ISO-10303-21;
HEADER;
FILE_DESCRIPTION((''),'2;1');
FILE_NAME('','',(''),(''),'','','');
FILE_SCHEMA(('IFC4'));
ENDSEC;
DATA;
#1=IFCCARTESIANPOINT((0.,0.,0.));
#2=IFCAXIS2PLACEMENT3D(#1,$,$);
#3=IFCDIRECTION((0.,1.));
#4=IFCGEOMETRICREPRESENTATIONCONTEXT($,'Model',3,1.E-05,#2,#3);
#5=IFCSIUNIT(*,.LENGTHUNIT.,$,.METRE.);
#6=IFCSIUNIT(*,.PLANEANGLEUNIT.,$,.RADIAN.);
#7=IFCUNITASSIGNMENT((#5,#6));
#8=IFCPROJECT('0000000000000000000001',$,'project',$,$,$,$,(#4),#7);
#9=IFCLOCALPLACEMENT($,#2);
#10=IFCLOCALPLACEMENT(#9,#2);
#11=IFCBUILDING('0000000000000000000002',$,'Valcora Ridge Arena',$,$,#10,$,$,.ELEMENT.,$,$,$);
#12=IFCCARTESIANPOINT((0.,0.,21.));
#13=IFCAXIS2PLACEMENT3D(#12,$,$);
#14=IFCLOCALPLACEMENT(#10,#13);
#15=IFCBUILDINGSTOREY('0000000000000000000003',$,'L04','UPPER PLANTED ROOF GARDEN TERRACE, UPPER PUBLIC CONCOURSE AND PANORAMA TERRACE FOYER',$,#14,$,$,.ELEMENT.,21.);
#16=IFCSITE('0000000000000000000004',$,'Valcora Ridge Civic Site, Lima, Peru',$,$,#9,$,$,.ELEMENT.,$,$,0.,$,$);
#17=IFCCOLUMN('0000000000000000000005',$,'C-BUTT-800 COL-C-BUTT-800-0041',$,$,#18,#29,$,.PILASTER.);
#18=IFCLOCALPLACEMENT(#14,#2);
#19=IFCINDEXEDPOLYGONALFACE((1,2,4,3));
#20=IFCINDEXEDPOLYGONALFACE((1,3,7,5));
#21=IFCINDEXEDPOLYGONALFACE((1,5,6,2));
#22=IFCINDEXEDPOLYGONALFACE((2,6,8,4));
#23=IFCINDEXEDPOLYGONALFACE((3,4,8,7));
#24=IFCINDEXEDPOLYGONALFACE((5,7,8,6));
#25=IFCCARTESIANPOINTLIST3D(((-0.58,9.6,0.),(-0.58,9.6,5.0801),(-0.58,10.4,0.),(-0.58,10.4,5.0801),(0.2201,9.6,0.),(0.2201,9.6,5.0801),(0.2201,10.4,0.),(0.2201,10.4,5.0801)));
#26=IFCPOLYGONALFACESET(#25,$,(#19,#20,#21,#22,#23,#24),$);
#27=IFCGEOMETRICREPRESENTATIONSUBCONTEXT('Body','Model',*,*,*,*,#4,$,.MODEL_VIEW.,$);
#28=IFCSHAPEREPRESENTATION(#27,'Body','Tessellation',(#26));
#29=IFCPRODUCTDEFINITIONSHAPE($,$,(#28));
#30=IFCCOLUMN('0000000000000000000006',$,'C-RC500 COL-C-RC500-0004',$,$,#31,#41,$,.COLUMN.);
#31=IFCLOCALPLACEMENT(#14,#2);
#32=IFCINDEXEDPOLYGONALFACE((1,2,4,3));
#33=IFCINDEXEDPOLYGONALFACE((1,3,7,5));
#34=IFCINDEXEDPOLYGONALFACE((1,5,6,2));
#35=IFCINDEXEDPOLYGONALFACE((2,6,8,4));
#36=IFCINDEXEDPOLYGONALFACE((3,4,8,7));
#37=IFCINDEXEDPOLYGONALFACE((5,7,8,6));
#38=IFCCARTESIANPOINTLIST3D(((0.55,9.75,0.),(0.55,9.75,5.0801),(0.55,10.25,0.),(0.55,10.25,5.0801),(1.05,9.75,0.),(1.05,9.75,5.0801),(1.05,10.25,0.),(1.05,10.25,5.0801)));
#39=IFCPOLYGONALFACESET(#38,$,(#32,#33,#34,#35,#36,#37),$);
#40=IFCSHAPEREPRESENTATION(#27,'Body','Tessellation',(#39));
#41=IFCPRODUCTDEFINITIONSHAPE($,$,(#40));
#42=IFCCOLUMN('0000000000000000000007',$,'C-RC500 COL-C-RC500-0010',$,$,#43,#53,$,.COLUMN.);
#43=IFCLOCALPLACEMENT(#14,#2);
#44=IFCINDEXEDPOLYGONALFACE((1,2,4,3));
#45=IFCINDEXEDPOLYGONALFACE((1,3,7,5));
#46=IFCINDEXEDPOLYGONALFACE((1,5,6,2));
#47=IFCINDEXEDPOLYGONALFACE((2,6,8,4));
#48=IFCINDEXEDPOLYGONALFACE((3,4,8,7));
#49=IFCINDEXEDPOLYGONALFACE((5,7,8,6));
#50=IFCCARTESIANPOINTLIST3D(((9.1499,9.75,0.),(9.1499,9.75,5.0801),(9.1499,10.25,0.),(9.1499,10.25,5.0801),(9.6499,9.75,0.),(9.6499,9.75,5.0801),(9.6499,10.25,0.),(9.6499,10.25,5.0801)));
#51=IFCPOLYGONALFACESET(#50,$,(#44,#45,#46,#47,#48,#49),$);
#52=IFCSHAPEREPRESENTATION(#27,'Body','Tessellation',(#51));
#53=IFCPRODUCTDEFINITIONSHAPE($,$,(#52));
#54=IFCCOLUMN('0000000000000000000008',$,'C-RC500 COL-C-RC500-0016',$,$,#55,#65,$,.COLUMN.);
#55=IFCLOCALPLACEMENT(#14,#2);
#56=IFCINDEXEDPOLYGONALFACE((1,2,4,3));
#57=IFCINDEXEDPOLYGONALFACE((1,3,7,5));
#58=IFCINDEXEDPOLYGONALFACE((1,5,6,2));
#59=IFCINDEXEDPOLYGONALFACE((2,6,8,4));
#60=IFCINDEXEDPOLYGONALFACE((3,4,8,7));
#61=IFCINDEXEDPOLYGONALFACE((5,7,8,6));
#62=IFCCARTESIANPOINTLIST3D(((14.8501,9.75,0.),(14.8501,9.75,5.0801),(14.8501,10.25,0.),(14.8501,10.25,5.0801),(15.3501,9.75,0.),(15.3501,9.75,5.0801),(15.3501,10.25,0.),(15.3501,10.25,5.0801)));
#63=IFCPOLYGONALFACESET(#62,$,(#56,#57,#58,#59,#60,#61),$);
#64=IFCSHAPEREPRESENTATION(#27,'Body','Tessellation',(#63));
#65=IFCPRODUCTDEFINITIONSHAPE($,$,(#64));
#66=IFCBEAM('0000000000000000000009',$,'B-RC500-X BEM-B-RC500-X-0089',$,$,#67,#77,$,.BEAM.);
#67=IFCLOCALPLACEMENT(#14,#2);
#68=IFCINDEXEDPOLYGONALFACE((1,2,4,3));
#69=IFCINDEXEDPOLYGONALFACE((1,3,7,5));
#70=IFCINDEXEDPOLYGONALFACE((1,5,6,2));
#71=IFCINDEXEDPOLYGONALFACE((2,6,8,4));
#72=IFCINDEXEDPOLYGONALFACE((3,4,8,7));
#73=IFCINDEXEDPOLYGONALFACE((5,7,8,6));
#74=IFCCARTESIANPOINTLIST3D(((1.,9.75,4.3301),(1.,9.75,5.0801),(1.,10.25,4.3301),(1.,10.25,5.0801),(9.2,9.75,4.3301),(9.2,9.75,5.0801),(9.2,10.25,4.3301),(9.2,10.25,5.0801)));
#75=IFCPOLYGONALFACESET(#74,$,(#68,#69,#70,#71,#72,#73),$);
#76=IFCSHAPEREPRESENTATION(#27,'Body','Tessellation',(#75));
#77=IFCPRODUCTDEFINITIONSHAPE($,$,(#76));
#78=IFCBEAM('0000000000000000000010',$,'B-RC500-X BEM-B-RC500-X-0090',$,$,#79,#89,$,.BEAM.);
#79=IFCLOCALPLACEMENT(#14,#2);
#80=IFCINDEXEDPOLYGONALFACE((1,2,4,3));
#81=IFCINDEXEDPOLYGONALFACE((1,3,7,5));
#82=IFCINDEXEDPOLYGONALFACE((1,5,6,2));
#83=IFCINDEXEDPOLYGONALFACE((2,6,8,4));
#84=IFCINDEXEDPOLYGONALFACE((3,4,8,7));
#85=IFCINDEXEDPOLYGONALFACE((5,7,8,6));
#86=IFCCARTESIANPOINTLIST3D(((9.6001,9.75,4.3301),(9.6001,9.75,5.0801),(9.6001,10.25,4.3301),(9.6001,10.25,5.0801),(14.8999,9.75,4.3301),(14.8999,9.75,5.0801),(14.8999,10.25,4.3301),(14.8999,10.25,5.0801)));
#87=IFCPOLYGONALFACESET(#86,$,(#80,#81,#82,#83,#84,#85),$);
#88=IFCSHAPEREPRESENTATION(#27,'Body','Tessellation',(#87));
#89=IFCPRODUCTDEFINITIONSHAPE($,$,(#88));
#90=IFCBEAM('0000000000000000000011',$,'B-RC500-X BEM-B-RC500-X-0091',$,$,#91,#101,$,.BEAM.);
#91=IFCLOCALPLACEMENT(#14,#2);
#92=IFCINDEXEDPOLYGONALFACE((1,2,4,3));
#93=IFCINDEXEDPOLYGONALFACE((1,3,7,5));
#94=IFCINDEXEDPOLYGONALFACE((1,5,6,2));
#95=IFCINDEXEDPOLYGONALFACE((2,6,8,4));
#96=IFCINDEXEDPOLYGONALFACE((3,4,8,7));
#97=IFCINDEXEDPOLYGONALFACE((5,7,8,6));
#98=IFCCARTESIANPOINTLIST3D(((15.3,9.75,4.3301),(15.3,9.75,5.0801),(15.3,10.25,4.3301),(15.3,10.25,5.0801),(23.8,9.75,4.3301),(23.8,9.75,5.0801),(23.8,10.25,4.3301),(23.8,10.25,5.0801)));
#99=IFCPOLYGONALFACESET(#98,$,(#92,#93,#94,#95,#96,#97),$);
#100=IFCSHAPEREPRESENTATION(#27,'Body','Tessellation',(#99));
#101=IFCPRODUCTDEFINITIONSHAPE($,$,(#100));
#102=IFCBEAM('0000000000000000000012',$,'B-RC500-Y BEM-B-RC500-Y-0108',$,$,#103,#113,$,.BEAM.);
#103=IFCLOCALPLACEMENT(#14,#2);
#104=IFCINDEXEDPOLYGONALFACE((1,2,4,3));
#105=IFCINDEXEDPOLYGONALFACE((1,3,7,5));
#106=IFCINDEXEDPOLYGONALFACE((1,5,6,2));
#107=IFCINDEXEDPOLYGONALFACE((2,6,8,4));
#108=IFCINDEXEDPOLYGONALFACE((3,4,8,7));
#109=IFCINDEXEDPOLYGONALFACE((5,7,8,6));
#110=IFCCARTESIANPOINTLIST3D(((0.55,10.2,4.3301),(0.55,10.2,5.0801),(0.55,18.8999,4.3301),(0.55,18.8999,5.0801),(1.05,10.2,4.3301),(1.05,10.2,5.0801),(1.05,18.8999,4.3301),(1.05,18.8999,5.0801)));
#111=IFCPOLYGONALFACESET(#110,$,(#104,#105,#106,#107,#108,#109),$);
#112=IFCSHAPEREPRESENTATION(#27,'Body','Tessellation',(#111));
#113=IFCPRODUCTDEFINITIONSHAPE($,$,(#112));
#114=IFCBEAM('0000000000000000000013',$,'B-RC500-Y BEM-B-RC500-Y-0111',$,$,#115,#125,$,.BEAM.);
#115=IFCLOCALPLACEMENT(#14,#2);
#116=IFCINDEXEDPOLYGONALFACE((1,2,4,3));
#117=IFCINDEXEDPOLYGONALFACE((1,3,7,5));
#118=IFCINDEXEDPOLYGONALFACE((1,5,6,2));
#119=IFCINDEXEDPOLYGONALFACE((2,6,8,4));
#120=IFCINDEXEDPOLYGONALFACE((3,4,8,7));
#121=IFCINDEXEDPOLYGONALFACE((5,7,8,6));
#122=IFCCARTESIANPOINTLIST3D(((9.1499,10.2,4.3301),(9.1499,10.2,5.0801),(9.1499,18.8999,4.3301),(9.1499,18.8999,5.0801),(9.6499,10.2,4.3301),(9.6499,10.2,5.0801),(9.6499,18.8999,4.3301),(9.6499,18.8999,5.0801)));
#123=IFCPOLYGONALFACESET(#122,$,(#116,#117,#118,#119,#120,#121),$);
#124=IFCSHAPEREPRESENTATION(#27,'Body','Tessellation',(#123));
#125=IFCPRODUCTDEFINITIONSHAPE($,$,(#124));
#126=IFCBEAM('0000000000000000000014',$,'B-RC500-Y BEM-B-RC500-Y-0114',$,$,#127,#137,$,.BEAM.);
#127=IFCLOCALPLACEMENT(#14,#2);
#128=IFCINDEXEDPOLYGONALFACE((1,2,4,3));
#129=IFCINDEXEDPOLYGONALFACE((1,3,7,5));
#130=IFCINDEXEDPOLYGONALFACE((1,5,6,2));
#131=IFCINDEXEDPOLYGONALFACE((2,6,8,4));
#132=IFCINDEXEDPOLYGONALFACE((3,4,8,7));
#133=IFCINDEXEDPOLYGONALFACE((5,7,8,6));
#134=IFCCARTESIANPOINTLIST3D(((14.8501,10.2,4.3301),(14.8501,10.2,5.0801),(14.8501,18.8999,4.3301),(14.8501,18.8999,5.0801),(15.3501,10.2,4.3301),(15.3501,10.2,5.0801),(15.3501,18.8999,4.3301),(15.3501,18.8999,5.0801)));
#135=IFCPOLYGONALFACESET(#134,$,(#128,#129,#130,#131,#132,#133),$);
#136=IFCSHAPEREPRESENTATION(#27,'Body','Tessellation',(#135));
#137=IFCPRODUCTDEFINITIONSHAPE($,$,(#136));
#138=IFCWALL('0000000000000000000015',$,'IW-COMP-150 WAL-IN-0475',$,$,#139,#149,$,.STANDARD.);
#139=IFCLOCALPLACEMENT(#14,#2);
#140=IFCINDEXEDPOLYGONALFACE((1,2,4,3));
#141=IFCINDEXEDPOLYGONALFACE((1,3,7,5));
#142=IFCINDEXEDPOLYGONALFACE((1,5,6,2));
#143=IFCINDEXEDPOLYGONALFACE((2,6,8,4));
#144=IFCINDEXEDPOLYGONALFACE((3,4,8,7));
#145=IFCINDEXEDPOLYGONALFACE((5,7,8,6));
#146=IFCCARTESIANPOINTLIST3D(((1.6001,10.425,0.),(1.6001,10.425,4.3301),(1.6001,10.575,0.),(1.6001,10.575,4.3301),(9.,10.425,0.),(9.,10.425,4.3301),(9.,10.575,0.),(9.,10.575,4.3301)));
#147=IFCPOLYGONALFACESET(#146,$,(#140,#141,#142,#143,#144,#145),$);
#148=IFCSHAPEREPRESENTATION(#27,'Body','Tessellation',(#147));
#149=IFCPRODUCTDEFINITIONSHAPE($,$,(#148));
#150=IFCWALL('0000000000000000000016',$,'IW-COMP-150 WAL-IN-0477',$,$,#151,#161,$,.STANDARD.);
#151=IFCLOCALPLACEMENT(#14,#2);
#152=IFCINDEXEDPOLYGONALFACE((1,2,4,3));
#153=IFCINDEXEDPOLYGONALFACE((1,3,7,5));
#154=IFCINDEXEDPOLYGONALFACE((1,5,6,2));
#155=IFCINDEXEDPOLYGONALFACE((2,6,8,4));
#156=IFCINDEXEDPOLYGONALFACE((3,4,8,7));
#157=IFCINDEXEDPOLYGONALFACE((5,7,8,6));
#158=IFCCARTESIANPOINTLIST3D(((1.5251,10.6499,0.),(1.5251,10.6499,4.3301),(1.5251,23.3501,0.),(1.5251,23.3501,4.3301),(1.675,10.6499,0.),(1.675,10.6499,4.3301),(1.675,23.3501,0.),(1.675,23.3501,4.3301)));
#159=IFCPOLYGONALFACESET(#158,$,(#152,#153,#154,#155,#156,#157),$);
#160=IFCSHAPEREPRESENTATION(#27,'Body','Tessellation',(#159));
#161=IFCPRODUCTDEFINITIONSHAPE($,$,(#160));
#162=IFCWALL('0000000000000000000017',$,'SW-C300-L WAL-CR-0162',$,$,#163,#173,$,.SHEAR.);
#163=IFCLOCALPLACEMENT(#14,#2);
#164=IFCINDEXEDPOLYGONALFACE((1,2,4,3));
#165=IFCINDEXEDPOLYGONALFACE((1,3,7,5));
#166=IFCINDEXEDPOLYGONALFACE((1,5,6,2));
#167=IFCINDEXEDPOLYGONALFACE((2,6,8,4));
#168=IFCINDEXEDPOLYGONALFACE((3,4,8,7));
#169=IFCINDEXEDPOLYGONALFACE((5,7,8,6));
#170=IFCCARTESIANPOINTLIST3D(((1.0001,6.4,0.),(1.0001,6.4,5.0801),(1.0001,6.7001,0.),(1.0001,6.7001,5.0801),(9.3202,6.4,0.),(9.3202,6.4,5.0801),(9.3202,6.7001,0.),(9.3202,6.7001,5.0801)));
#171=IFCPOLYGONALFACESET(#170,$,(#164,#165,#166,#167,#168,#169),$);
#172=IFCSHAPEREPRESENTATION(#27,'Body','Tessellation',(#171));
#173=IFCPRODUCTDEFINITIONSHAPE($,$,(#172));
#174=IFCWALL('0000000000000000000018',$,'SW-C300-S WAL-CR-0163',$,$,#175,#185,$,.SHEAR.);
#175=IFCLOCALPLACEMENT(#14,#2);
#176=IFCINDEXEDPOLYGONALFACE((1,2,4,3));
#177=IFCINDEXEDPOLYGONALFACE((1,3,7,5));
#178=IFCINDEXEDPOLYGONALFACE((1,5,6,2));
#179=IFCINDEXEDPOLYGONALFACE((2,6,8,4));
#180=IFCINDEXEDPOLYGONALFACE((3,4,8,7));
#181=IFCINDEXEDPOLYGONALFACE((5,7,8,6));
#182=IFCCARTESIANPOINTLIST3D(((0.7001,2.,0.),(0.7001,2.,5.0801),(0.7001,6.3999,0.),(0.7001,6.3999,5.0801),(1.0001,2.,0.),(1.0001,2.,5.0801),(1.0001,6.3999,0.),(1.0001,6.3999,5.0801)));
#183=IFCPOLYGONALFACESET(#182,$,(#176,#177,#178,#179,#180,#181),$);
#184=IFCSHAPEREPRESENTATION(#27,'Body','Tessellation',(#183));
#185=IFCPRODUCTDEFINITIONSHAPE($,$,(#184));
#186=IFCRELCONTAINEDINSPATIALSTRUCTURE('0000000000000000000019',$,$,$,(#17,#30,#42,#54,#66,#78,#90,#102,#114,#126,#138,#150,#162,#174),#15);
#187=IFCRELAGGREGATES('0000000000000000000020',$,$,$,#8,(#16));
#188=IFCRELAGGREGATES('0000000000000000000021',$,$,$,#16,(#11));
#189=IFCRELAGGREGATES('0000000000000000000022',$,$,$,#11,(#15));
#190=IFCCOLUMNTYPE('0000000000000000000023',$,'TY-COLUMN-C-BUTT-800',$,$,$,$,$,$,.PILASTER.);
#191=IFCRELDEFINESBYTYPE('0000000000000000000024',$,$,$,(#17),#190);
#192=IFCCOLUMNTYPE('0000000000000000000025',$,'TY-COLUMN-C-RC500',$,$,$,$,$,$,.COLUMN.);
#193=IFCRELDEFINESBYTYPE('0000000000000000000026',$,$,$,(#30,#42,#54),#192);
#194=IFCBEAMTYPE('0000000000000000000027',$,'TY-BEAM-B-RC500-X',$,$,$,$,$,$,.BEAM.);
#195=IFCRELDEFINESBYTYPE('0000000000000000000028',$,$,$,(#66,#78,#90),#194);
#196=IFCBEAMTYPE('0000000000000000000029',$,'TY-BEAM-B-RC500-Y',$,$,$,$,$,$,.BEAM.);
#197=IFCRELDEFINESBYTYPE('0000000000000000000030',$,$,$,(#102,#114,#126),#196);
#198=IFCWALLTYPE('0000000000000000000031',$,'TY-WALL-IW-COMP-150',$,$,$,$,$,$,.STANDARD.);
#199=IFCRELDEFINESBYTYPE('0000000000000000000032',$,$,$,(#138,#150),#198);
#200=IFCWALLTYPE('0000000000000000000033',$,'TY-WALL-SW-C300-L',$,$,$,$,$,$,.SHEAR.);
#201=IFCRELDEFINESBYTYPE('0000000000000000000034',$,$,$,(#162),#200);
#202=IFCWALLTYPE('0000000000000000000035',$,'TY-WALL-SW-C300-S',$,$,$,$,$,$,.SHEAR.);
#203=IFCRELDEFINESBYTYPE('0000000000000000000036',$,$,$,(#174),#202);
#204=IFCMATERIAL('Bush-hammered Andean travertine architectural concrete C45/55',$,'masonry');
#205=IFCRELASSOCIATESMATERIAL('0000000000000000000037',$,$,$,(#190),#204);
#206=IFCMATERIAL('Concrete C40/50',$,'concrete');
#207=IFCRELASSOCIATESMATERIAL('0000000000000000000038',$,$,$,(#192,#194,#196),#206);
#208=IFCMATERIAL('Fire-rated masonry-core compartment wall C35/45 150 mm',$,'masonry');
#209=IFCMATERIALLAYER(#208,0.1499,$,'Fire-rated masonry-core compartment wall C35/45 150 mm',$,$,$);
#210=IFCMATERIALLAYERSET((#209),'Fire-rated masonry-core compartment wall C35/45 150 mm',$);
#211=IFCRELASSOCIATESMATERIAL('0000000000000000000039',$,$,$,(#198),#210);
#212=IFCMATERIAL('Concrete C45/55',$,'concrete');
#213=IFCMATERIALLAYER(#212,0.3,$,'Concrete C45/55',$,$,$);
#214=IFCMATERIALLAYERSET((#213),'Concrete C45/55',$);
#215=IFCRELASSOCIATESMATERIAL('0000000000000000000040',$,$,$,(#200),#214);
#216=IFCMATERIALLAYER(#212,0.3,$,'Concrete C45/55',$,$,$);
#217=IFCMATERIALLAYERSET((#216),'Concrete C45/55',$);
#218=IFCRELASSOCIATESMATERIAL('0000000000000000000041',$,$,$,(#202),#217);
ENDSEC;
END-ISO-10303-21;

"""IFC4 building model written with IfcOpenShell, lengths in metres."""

from ifc_helpers import new_model, si_unit, direction, frame, frame_2d, origin, origin_2d, place, context, subcontext, project, spatial, rectangle, extrude, material, layer, layer_set, material_profile, profile_set, type_object, element, save


model = new_model("IFC4")

# Units and contexts
model_context = context("Model", 3, precision=1e-05, world=origin(), true_north=direction((0.0, 1.0)))
body_context = subcontext(model_context, "Body", "Model", "MODEL_VIEW")
ifc_project = project(units=[si_unit("LENGTHUNIT", "METRE"), si_unit("PLANEANGLEUNIT", "RADIAN")], contexts=[model_context])

# Site, building, storey
site_placement = place(None, origin())
site = spatial("IfcSite", under=ifc_project, at=site_placement, Name="Valcora Ridge Civic Site, Lima, Peru", CompositionType="ELEMENT", RefElevation=0.0)
building_placement = place(site_placement, origin())
building = spatial("IfcBuilding", under=site, at=building_placement, Name="Valcora Ridge Arena", CompositionType="ELEMENT")
storey_placement = place(building_placement, frame((0.0, 0.0, 21.0)))
storey = spatial("IfcBuildingStorey", under=building, at=storey_placement, Name="L04", Description="UPPER PLANTED ROOF GARDEN TERRACE, UPPER PUBLIC CONCOURSE AND PANORAMA TERRACE FOYER", CompositionType="ELEMENT", Elevation=21.0)

# Columns
ifc_material_1 = material(Name="Bush-hammered Andean travertine architectural concrete C45/55", Category="masonry")
ifc_material_profile_1 = material_profile(ifc_material_1, rectangle(XDim=0.8, YDim=0.8, at=origin_2d()), Name="RC 800x800")
ifc_profile_set_1 = profile_set([ifc_material_profile_1], Name="Bush-hammered Andean travertine architectural concrete C45/55")
column_type_1 = type_object("IfcColumnType", Name="TY-COLUMN-C-BUTT-800", PredefinedType="PILASTER", material=ifc_profile_set_1)
column_placement = place(storey_placement, frame((-0.1799, 10.0, 0.0), z_axis=(0.0, 0.0, 1.0), x_axis=(1.0, 0.0, 0.0)))
element("IfcColumn", 1, at=column_placement, inside=storey, type_object=column_type_1, Name="C-BUTT-800 COL-C-BUTT-800-0041", PredefinedType="PILASTER", context=body_context, shape_type="SweptSolid", body=[
    extrude(rectangle(XDim=0.8, YDim=0.8, at=origin_2d()), origin(), (0.0, 0.0, 1.0), 5.0801),
])
ifc_material_2 = material(Name="Concrete C40/50", Category="concrete")
ifc_material_profile_2 = material_profile(ifc_material_2, rectangle(XDim=0.5, YDim=0.5, at=origin_2d()), Name="RC 500x500")
ifc_profile_set_2 = profile_set([ifc_material_profile_2], Name="Concrete C40/50")
column_type_2 = type_object("IfcColumnType", Name="TY-COLUMN-C-RC500", PredefinedType="COLUMN", material=ifc_profile_set_2)
for number, where, z_axis, x_axis, name in (
    (2, (0.8, 10.0, 0.0), (0.0, 0.0, 1.0), (1.0, 0.0, 0.0), "C-RC500 COL-C-RC500-0004"),
    (3, (9.3999, 10.0, 0.0), (0.0, 0.0, 1.0), (1.0, 0.0, 0.0), "C-RC500 COL-C-RC500-0010"),
    (4, (15.1001, 10.0, 0.0), (0.0, 0.0, 1.0), (1.0, 0.0, 0.0), "C-RC500 COL-C-RC500-0016"),
):
    element("IfcColumn", number, at=place(storey_placement, frame(where, z_axis=z_axis, x_axis=x_axis)), inside=storey, type_object=column_type_2, Name=name, PredefinedType="COLUMN", context=body_context, shape_type="SweptSolid", body=[
        extrude(rectangle(XDim=0.5, YDim=0.5, at=origin_2d()), origin(), (0.0, 0.0, 1.0), 5.0801),
    ])

# Beams
ifc_material_profile_3 = material_profile(ifc_material_2, rectangle(XDim=0.5, YDim=0.75, at=origin_2d()), Name="RC 500x750")
ifc_profile_set_3 = profile_set([ifc_material_profile_3], Name="Concrete C40/50")
beam_type_1 = type_object("IfcBeamType", Name="TY-BEAM-B-RC500-X", PredefinedType="BEAM", material=ifc_profile_set_3)
beam_1_placement = place(storey_placement, frame((1.0, 10.0, 4.7051), z_axis=(1.0, 0.0, 0.0), x_axis=(0.0, 1.0, 0.0)))
element("IfcBeam", 5, at=beam_1_placement, inside=storey, type_object=beam_type_1, Name="B-RC500-X BEM-B-RC500-X-0089", PredefinedType="BEAM", context=body_context, shape_type="SweptSolid", body=[
    extrude(rectangle(XDim=0.5, YDim=0.75, at=origin_2d()), origin(), (0.0, 0.0, 1.0), 8.2),
])
beam_2_placement = place(storey_placement, frame((9.6001, 10.0, 4.7051), z_axis=(1.0, 0.0, 0.0), x_axis=(0.0, 1.0, 0.0)))
element("IfcBeam", 6, at=beam_2_placement, inside=storey, type_object=beam_type_1, Name="B-RC500-X BEM-B-RC500-X-0090", PredefinedType="BEAM", context=body_context, shape_type="SweptSolid", body=[
    extrude(rectangle(XDim=0.5, YDim=0.75, at=origin_2d()), origin(), (0.0, 0.0, 1.0), 5.2998),
])
beam_3_placement = place(storey_placement, frame((15.3, 10.0, 4.7051), z_axis=(1.0, 0.0, 0.0), x_axis=(0.0, 1.0, 0.0)))
element("IfcBeam", 7, at=beam_3_placement, inside=storey, type_object=beam_type_1, Name="B-RC500-X BEM-B-RC500-X-0091", PredefinedType="BEAM", context=body_context, shape_type="SweptSolid", body=[
    extrude(rectangle(XDim=0.5, YDim=0.75, at=origin_2d()), origin(), (0.0, 0.0, 1.0), 8.5),
])
ifc_material_profile_4 = material_profile(ifc_material_2, rectangle(XDim=0.5, YDim=0.75, at=origin_2d()), Name="RC 500x750")
ifc_profile_set_4 = profile_set([ifc_material_profile_4], Name="Concrete C40/50")
beam_type_2 = type_object("IfcBeamType", Name="TY-BEAM-B-RC500-Y", PredefinedType="BEAM", material=ifc_profile_set_4)
for number, where, z_axis, x_axis, name in (
    (8, (0.8, 10.2, 4.7051), (0.0, 1.0, 0.0), (-1.0, 0.0, 0.0), "B-RC500-Y BEM-B-RC500-Y-0108"),
    (9, (9.3999, 10.2, 4.7051), (0.0, 1.0, 0.0), (-1.0, 0.0, 0.0), "B-RC500-Y BEM-B-RC500-Y-0111"),
    (10, (15.1001, 10.2, 4.7051), (0.0, 1.0, 0.0), (-1.0, 0.0, 0.0), "B-RC500-Y BEM-B-RC500-Y-0114"),
):
    element("IfcBeam", number, at=place(storey_placement, frame(where, z_axis=z_axis, x_axis=x_axis)), inside=storey, type_object=beam_type_2, Name=name, PredefinedType="BEAM", context=body_context, shape_type="SweptSolid", body=[
        extrude(rectangle(XDim=0.5, YDim=0.75, at=origin_2d()), origin(), (0.0, 0.0, 1.0), 8.7),
    ])

# Walls
ifc_material_3 = material(Name="Fire-rated masonry-core compartment wall C35/45 150 mm", Category="masonry")
ifc_layer_1 = layer(ifc_material_3, 0.1499, Name="Fire-rated masonry-core compartment wall C35/45 150 mm")
ifc_layer_set_1 = layer_set([ifc_layer_1], Name="Fire-rated masonry-core compartment wall C35/45 150 mm")
wall_type_1 = type_object("IfcWallType", Name="TY-WALL-IW-COMP-150", PredefinedType="STANDARD", material=ifc_layer_set_1)
wall_1_placement = place(storey_placement, frame((1.6001, 10.5, 0.0), z_axis=(0.0, 0.0, 1.0), x_axis=(1.0, 0.0, 0.0)))
element("IfcWall", 11, at=wall_1_placement, inside=storey, type_object=wall_type_1, Name="IW-COMP-150 WAL-IN-0475", PredefinedType="STANDARD", context=body_context, shape_type="SweptSolid", body=[
    extrude(rectangle(XDim=7.3999, YDim=0.1499, at=frame_2d((3.7, 0.0))), origin(), (0.0, 0.0, 1.0), 4.3301),
])
wall_2_placement = place(storey_placement, frame((1.6001, 10.6499, 0.0), z_axis=(0.0, 0.0, 1.0), x_axis=(0.0, 1.0, 0.0)))
element("IfcWall", 12, at=wall_2_placement, inside=storey, type_object=wall_type_1, Name="IW-COMP-150 WAL-IN-0477", PredefinedType="STANDARD", context=body_context, shape_type="SweptSolid", body=[
    extrude(rectangle(XDim=12.7002, YDim=0.1499, at=frame_2d((6.3501, 0.0))), origin(), (0.0, 0.0, 1.0), 4.3301),
])
ifc_material_4 = material(Name="Concrete C45/55", Category="concrete")
ifc_layer_2 = layer(ifc_material_4, 0.3, Name="Concrete C45/55")
ifc_layer_set_2 = layer_set([ifc_layer_2], Name="Concrete C45/55")
wall_type_2 = type_object("IfcWallType", Name="TY-WALL-SW-C300-L", PredefinedType="SHEAR", material=ifc_layer_set_2)
wall_3_placement = place(storey_placement, frame((1.0, 6.55, 0.0), z_axis=(0.0, 0.0, 1.0), x_axis=(1.0, 0.0, 0.0)))
element("IfcWall", 13, at=wall_3_placement, inside=storey, type_object=wall_type_2, Name="SW-C300-L WAL-CR-0162", PredefinedType="SHEAR", context=body_context, shape_type="SweptSolid", body=[
    extrude(rectangle(XDim=8.3201, YDim=0.3, at=frame_2d((4.1602, 0.0))), origin(), (0.0, 0.0, 1.0), 5.0801),
])
ifc_layer_3 = layer(ifc_material_4, 0.3, Name="Concrete C45/55")
ifc_layer_set_3 = layer_set([ifc_layer_3], Name="Concrete C45/55")
wall_type_3 = type_object("IfcWallType", Name="TY-WALL-SW-C300-S", PredefinedType="SHEAR", material=ifc_layer_set_3)
wall_4_placement = place(storey_placement, frame((0.8501, 2.0, 0.0), z_axis=(0.0, 0.0, 1.0), x_axis=(0.0, 1.0, 0.0)))
element("IfcWall", 14, at=wall_4_placement, inside=storey, type_object=wall_type_3, Name="SW-C300-S WAL-CR-0163", PredefinedType="SHEAR", context=body_context, shape_type="SweptSolid", body=[
    extrude(rectangle(XDim=4.3999, YDim=0.3, at=frame_2d((2.2, 0.0))), origin(), (0.0, 0.0, 1.0), 5.0801),
])

save(model, "model.ifc")
